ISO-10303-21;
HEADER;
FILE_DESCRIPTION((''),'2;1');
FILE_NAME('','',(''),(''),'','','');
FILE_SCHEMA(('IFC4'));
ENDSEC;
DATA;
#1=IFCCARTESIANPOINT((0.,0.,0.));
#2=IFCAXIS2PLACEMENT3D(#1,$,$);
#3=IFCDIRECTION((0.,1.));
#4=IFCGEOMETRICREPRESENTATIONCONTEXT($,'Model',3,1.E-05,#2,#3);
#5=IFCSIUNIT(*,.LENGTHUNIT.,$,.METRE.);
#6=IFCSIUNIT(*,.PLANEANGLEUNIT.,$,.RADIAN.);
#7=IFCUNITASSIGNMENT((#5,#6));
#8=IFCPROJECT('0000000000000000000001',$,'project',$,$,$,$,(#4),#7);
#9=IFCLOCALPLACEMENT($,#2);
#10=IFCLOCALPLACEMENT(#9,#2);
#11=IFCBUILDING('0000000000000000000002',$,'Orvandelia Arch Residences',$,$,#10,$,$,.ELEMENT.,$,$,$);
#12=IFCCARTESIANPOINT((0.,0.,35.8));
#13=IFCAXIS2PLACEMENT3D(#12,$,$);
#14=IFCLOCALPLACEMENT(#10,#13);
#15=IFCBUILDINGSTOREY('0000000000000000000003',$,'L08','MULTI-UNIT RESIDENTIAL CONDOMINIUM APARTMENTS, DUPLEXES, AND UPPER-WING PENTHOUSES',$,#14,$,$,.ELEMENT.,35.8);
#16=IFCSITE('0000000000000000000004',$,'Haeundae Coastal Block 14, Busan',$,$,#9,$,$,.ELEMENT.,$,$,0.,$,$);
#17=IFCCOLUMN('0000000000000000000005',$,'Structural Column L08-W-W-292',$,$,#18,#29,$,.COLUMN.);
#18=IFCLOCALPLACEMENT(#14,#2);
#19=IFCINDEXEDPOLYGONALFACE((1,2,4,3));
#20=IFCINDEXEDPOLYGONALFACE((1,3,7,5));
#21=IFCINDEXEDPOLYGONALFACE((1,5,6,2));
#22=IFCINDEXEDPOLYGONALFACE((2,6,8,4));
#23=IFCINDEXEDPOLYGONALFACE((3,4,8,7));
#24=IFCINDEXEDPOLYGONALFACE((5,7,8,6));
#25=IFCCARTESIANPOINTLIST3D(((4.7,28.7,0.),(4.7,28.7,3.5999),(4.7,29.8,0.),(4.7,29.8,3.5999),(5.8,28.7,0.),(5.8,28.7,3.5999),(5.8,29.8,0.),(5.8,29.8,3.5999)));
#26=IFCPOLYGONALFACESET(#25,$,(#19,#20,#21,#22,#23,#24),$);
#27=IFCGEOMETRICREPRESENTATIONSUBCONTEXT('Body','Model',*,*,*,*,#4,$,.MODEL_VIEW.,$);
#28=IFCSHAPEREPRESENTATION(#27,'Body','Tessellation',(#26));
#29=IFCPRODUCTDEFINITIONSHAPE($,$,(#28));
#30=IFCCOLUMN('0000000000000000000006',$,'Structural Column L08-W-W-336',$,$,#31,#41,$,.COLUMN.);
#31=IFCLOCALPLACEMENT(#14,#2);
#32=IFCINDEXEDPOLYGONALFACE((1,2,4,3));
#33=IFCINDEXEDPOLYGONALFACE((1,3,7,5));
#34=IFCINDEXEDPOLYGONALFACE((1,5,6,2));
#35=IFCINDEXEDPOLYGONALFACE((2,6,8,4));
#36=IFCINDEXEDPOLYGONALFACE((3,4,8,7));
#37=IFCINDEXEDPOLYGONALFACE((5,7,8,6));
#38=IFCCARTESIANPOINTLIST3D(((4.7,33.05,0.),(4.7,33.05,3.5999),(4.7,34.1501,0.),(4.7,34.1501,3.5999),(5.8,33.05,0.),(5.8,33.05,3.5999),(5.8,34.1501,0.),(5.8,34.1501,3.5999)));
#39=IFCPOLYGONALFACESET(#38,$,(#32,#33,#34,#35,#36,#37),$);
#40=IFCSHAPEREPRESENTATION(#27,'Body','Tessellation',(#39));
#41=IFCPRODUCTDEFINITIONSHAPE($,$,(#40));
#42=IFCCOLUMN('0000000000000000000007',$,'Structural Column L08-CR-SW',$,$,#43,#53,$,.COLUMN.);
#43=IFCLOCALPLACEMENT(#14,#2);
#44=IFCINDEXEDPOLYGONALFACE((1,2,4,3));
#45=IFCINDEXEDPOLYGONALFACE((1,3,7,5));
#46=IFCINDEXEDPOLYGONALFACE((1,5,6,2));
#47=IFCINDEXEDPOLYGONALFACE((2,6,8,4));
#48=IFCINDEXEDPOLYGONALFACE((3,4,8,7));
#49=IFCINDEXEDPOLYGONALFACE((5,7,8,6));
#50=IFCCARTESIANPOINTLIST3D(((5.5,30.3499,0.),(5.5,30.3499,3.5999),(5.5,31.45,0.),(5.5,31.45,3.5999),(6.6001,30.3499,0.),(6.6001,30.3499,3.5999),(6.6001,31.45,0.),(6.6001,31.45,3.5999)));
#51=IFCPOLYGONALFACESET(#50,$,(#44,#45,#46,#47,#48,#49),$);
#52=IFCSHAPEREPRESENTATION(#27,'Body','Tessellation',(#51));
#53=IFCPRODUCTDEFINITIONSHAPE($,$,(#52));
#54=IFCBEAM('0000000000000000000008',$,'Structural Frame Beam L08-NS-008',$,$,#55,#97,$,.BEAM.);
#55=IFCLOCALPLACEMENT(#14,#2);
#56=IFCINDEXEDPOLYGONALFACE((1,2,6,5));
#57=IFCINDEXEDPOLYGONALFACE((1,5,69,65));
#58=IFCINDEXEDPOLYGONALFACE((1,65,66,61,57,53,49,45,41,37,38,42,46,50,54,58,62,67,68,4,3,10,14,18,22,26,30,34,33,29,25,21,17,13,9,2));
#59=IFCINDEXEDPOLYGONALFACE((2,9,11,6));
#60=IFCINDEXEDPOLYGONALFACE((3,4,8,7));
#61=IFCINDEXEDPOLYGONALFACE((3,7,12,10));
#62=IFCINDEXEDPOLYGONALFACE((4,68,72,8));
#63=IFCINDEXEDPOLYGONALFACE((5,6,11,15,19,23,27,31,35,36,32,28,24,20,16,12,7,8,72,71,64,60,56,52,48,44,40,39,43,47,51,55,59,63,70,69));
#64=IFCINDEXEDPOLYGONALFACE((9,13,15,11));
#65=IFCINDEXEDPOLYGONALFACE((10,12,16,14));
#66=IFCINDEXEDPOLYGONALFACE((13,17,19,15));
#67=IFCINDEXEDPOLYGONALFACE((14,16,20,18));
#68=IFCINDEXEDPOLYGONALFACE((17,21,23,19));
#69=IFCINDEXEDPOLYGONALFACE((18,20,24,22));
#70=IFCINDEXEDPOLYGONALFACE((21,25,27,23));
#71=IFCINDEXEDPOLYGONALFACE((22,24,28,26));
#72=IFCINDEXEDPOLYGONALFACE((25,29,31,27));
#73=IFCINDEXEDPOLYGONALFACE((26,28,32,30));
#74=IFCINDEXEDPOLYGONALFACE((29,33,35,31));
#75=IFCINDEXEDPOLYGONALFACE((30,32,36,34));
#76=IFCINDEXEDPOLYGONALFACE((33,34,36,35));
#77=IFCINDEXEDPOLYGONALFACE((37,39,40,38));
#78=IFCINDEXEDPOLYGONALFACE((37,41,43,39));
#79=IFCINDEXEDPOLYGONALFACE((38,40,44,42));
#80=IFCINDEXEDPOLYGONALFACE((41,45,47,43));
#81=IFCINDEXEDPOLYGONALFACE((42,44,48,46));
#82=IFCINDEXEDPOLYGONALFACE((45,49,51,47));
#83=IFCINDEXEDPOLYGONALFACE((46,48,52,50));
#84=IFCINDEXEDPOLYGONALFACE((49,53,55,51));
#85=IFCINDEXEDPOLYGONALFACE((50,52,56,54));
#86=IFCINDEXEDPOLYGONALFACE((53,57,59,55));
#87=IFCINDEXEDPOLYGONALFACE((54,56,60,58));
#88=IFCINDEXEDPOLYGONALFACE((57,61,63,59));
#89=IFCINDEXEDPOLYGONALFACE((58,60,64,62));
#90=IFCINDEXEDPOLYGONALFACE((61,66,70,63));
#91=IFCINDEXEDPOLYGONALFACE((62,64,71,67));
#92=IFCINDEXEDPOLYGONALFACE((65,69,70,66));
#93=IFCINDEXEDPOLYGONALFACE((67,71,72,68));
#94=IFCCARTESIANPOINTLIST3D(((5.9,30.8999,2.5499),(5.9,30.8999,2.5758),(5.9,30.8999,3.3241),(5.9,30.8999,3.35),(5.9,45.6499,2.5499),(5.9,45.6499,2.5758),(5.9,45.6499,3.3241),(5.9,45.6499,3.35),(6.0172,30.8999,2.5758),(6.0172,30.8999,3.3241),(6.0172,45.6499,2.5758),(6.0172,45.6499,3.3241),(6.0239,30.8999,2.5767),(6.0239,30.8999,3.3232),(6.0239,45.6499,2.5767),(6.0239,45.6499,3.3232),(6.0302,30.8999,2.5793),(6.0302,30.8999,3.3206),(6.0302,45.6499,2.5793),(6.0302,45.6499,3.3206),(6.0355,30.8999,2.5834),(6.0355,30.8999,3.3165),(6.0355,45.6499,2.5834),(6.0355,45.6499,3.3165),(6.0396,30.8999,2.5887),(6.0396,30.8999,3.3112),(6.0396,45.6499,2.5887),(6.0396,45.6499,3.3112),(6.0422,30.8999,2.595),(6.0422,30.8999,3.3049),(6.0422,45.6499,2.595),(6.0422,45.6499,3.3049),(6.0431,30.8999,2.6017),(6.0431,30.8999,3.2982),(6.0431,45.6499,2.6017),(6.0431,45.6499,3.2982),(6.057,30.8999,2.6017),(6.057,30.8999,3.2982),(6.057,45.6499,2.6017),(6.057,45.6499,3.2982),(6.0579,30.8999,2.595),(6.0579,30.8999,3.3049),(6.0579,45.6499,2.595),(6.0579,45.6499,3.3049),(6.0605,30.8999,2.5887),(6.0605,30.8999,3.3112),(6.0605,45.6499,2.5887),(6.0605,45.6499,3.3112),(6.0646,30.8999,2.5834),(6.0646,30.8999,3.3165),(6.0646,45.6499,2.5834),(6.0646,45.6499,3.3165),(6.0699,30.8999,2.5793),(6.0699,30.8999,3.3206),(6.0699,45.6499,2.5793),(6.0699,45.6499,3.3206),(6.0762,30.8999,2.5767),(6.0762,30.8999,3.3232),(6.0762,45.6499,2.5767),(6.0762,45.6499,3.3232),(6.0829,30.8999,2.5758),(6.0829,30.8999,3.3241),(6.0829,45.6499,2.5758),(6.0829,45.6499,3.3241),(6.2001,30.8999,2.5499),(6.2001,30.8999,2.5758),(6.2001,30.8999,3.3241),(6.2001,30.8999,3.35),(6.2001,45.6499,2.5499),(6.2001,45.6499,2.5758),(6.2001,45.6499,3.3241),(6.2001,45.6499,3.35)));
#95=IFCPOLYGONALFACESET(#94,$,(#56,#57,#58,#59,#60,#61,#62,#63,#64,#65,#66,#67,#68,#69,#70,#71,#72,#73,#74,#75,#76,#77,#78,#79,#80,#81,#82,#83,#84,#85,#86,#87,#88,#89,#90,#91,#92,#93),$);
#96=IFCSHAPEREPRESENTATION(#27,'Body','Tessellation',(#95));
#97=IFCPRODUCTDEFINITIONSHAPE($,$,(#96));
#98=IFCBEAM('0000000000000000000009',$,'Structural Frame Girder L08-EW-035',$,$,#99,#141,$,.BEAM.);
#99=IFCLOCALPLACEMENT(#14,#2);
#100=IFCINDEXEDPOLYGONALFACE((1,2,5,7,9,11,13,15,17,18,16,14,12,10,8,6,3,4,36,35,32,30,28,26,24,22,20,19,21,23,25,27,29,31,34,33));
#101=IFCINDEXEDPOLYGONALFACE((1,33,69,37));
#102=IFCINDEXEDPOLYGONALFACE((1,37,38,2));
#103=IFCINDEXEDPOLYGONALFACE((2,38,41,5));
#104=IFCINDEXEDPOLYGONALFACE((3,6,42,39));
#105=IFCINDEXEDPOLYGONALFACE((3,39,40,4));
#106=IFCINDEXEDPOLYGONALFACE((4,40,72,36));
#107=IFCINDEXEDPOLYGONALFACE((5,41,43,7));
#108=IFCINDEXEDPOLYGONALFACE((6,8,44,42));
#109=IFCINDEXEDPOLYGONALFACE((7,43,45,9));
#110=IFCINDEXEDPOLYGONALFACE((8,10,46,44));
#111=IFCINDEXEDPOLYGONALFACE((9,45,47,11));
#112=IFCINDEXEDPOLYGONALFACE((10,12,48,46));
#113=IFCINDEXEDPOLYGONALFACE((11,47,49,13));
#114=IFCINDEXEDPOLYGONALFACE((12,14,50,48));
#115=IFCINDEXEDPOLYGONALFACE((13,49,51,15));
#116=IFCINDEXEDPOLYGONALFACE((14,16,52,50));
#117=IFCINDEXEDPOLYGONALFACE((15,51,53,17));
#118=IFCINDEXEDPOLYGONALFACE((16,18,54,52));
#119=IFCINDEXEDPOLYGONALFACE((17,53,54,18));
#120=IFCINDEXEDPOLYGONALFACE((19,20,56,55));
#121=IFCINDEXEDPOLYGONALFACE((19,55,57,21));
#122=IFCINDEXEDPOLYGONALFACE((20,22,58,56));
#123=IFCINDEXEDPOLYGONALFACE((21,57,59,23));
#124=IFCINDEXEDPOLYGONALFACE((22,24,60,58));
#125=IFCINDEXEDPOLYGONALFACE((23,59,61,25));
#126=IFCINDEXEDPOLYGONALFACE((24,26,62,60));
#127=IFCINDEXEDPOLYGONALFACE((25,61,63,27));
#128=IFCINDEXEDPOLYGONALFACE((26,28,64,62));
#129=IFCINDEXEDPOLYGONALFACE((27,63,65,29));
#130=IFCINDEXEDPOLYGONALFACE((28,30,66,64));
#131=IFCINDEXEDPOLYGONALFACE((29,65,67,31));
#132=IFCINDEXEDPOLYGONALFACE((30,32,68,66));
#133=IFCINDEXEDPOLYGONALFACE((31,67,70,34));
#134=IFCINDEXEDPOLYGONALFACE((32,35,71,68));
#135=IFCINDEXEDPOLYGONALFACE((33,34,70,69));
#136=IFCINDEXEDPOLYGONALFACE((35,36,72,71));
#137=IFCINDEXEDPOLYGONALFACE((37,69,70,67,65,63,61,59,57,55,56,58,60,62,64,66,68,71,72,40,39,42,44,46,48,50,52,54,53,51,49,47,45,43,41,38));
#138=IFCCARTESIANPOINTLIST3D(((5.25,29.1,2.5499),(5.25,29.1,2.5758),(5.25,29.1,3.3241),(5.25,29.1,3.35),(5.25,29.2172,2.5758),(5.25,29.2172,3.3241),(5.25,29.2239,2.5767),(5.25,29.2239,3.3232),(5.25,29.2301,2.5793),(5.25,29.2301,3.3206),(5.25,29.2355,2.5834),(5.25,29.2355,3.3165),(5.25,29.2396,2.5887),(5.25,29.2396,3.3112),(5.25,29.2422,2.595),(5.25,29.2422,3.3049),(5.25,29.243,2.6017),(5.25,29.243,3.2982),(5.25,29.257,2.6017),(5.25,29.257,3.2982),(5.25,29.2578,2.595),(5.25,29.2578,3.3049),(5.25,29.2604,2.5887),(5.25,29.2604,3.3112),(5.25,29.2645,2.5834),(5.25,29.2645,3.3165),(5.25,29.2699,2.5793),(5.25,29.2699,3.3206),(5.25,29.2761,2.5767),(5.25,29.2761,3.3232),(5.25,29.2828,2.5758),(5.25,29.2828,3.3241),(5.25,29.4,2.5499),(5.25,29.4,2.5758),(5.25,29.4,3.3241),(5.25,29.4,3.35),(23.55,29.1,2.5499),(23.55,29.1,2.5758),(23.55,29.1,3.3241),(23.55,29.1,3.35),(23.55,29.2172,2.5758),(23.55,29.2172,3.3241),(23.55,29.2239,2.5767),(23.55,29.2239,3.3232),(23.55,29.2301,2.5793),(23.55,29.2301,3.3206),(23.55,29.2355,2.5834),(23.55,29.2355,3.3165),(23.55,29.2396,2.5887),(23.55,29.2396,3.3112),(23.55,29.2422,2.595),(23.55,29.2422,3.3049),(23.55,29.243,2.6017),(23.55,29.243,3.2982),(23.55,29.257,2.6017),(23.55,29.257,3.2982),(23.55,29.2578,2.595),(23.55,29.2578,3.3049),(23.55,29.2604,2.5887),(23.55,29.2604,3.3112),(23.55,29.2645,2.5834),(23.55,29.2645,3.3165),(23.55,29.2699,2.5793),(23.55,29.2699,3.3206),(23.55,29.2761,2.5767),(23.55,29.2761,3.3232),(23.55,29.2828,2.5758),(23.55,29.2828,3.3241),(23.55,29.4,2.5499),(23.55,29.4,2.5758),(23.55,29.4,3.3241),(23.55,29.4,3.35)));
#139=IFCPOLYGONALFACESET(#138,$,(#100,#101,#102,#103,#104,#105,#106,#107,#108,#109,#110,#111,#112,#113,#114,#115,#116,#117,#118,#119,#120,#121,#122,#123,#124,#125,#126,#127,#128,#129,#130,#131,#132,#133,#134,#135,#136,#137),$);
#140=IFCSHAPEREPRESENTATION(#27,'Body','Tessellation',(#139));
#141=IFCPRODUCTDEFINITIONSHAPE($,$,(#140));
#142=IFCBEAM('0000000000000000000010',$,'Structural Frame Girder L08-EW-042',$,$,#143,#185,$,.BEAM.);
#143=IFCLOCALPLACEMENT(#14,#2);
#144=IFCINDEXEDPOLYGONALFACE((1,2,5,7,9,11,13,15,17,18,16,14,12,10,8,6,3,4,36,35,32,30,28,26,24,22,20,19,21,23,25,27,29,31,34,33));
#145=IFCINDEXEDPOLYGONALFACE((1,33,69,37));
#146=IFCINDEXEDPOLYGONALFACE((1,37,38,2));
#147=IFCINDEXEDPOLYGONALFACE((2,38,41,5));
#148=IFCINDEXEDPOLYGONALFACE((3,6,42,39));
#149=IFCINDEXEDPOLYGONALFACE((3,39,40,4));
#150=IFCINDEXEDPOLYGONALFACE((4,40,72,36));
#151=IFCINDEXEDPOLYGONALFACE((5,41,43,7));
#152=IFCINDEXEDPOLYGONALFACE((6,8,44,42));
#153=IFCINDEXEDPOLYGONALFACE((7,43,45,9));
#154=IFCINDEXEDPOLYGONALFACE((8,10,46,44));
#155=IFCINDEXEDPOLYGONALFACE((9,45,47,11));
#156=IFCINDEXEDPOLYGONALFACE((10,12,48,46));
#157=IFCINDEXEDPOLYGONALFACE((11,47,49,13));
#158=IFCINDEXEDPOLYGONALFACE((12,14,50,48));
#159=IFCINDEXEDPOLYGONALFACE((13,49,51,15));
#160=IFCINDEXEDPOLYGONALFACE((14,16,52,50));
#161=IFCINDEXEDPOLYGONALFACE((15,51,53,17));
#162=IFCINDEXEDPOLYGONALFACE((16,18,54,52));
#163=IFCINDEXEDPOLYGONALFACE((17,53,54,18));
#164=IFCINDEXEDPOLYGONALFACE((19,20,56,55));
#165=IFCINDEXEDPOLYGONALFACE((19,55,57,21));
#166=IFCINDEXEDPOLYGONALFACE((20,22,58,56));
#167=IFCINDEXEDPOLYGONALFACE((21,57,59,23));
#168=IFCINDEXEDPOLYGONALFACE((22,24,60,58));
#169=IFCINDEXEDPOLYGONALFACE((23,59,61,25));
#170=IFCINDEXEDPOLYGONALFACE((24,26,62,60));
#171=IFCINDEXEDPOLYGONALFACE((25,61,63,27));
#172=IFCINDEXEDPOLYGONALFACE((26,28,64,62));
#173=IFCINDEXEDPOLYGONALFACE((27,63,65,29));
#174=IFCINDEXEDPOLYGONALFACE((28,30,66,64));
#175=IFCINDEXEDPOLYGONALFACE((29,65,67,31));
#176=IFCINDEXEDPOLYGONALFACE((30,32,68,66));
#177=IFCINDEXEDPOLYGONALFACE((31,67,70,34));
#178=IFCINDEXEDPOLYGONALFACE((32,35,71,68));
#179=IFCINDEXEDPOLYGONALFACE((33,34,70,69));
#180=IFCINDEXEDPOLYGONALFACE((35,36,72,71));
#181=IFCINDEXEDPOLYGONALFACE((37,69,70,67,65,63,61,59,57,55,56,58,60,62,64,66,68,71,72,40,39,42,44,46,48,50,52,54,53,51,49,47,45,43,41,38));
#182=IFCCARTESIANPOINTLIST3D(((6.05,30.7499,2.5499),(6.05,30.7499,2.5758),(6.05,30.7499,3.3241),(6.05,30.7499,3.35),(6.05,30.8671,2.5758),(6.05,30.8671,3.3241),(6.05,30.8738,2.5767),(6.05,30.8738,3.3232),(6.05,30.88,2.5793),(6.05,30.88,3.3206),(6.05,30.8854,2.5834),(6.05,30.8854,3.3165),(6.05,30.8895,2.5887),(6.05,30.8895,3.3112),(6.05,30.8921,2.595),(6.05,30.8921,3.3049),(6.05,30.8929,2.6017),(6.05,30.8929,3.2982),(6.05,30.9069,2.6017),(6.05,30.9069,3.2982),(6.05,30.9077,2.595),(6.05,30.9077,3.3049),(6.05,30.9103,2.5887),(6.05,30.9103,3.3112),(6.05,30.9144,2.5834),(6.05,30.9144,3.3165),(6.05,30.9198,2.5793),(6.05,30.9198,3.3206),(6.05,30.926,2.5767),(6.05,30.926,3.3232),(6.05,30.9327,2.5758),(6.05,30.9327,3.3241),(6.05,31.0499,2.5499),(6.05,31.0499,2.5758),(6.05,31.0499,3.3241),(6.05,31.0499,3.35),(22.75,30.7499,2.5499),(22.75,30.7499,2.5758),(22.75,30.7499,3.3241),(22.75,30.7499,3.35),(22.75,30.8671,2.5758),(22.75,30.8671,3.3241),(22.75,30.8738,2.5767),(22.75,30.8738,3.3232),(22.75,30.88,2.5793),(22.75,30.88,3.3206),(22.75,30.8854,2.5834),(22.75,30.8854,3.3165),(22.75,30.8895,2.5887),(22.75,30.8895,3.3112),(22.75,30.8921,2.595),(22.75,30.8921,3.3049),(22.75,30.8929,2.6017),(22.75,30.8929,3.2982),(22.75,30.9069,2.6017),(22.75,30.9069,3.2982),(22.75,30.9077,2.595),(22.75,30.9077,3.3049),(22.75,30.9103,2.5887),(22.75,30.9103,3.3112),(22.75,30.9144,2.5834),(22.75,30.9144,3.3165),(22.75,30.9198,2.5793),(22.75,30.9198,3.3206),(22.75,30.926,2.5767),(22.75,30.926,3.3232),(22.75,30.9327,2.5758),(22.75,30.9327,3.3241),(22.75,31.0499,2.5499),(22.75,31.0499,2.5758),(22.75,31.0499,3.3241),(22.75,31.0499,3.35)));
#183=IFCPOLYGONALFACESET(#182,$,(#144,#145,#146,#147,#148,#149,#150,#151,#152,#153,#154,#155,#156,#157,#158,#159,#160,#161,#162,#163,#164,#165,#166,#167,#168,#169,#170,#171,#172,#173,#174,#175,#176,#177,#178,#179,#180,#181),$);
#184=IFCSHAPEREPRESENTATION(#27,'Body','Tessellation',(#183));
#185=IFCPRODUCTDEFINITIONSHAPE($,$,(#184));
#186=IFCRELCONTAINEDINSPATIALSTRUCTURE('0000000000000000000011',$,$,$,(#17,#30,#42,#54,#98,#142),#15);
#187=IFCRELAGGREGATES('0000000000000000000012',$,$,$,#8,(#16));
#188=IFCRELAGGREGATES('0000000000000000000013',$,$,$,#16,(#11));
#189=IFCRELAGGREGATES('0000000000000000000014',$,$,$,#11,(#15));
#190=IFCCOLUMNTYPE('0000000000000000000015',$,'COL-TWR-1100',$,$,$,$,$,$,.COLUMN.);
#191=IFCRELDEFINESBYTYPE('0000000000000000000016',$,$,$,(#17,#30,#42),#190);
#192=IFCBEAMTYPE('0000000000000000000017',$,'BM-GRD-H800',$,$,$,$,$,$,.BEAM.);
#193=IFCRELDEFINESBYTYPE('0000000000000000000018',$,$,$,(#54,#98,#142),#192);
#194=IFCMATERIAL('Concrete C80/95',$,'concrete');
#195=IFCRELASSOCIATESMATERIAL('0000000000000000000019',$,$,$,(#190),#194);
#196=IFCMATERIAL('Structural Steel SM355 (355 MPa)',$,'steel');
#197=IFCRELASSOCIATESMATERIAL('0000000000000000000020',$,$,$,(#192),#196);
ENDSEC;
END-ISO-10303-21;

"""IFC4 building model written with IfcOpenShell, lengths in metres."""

from ifc_helpers import new_model, si_unit, direction, frame, origin, origin_2d, place, context, subcontext, project, spatial, rectangle, i_section, extrude, material, material_profile, profile_set, type_object, element, save


model = new_model("IFC4")

# Units and contexts
model_context = context("Model", 3, precision=1e-05, world=origin(), true_north=direction((0.0, 1.0)))
body_context = subcontext(model_context, "Body", "Model", "MODEL_VIEW")
ifc_project = project(units=[si_unit("LENGTHUNIT", "METRE"), si_unit("PLANEANGLEUNIT", "RADIAN")], contexts=[model_context])

# Site, building, storey
site_placement = place(None, origin())
site = spatial("IfcSite", under=ifc_project, at=site_placement, Name="Haeundae Coastal Block 14, Busan", CompositionType="ELEMENT", RefElevation=0.0)
building_placement = place(site_placement, origin())
building = spatial("IfcBuilding", under=site, at=building_placement, Name="Orvandelia Arch Residences", CompositionType="ELEMENT")
storey_placement = place(building_placement, frame((0.0, 0.0, 35.8)))
storey = spatial("IfcBuildingStorey", under=building, at=storey_placement, Name="L08", Description="MULTI-UNIT RESIDENTIAL CONDOMINIUM APARTMENTS, DUPLEXES, AND UPPER-WING PENTHOUSES", CompositionType="ELEMENT", Elevation=35.8)

# Columns
ifc_material_1 = material(Name="Concrete C80/95", Category="concrete")
ifc_material_profile_1 = material_profile(ifc_material_1, rectangle(XDim=1.1001, YDim=1.1001, at=origin_2d()), Name="Concrete C80/95", Category="concrete")
ifc_profile_set_1 = profile_set([ifc_material_profile_1], Name="Concrete C80/95")
column_type = type_object("IfcColumnType", Name="COL-TWR-1100", PredefinedType="COLUMN", material=ifc_profile_set_1)
for number, where, z_axis, x_axis, name in (
    (1, (5.25, 29.25, 0.0), (0.0, 0.0, 1.0), (1.0, 0.0, 0.0), "Structural Column L08-W-W-292"),
    (2, (5.25, 33.6001, 0.0), (0.0, 0.0, 1.0), (1.0, 0.0, 0.0), "Structural Column L08-W-W-336"),
    (3, (6.05, 30.8999, 0.0), (0.0, 0.0, 1.0), (1.0, 0.0, 0.0), "Structural Column L08-CR-SW"),
):
    element("IfcColumn", number, at=place(storey_placement, frame(where, z_axis=z_axis, x_axis=x_axis)), inside=storey, type_object=column_type, Name=name, PredefinedType="COLUMN", context=body_context, shape_type="SweptSolid", body=[
        extrude(rectangle(XDim=1.1001, YDim=1.1001, at=origin_2d()), origin(), (0.0, 0.0, 1.0), 3.5999),
    ])

# Beams
ifc_material_2 = material(Name="Structural Steel SM355 (355 MPa)", Category="steel")
ifc_material_profile_2 = material_profile(ifc_material_2, i_section(OverallWidth=0.3, OverallDepth=0.8, WebThickness=0.0139, FlangeThickness=0.0259, FilletRadius=0.0259, at=origin_2d()), Name="Structural Steel SM355 (355 MPa)", Category="steel")
ifc_profile_set_2 = profile_set([ifc_material_profile_2], Name="Structural Steel SM355 (355 MPa)")
beam_type_1 = type_object("IfcBeamType", Name="BM-GRD-H800", PredefinedType="BEAM", material=ifc_profile_set_2)
beam_1_placement = place(storey_placement, frame((6.05, 30.8999, 2.95), z_axis=(0.0, 1.0, 0.0), x_axis=(-1.0, 0.0, 0.0)))
element("IfcBeam", 4, at=beam_1_placement, inside=storey, type_object=beam_type_1, Name="Structural Frame Beam L08-NS-008", PredefinedType="BEAM", context=body_context, shape_type="SweptSolid", body=[
    extrude(i_section(OverallWidth=0.3, OverallDepth=0.8, WebThickness=0.0139, FlangeThickness=0.0259, FilletRadius=0.0259, at=origin_2d()), origin(), (0.0, 0.0, 1.0), 14.75),
])
beam_2_placement = place(storey_placement, frame((5.25, 29.25, 2.95), z_axis=(1.0, 0.0, 0.0), x_axis=(0.0, 1.0, 0.0)))
element("IfcBeam", 5, at=beam_2_placement, inside=storey, type_object=beam_type_1, Name="Structural Frame Girder L08-EW-035", PredefinedType="BEAM", context=body_context, shape_type="SweptSolid", body=[
    extrude(i_section(OverallWidth=0.3, OverallDepth=0.8, WebThickness=0.0139, FlangeThickness=0.0259, FilletRadius=0.0259, at=origin_2d()), origin(), (0.0, 0.0, 1.0), 18.3),
])
beam_3_placement = place(storey_placement, frame((6.05, 30.8999, 2.95), z_axis=(1.0, 0.0, 0.0), x_axis=(0.0, 1.0, 0.0)))
element("IfcBeam", 6, at=beam_3_placement, inside=storey, type_object=beam_type_1, Name="Structural Frame Girder L08-EW-042", PredefinedType="BEAM", context=body_context, shape_type="SweptSolid", body=[
    extrude(i_section(OverallWidth=0.3, OverallDepth=0.8, WebThickness=0.0139, FlangeThickness=0.0259, FilletRadius=0.0259, at=origin_2d()), origin(), (0.0, 0.0, 1.0), 16.7),
])

save(model, "model.ifc")
